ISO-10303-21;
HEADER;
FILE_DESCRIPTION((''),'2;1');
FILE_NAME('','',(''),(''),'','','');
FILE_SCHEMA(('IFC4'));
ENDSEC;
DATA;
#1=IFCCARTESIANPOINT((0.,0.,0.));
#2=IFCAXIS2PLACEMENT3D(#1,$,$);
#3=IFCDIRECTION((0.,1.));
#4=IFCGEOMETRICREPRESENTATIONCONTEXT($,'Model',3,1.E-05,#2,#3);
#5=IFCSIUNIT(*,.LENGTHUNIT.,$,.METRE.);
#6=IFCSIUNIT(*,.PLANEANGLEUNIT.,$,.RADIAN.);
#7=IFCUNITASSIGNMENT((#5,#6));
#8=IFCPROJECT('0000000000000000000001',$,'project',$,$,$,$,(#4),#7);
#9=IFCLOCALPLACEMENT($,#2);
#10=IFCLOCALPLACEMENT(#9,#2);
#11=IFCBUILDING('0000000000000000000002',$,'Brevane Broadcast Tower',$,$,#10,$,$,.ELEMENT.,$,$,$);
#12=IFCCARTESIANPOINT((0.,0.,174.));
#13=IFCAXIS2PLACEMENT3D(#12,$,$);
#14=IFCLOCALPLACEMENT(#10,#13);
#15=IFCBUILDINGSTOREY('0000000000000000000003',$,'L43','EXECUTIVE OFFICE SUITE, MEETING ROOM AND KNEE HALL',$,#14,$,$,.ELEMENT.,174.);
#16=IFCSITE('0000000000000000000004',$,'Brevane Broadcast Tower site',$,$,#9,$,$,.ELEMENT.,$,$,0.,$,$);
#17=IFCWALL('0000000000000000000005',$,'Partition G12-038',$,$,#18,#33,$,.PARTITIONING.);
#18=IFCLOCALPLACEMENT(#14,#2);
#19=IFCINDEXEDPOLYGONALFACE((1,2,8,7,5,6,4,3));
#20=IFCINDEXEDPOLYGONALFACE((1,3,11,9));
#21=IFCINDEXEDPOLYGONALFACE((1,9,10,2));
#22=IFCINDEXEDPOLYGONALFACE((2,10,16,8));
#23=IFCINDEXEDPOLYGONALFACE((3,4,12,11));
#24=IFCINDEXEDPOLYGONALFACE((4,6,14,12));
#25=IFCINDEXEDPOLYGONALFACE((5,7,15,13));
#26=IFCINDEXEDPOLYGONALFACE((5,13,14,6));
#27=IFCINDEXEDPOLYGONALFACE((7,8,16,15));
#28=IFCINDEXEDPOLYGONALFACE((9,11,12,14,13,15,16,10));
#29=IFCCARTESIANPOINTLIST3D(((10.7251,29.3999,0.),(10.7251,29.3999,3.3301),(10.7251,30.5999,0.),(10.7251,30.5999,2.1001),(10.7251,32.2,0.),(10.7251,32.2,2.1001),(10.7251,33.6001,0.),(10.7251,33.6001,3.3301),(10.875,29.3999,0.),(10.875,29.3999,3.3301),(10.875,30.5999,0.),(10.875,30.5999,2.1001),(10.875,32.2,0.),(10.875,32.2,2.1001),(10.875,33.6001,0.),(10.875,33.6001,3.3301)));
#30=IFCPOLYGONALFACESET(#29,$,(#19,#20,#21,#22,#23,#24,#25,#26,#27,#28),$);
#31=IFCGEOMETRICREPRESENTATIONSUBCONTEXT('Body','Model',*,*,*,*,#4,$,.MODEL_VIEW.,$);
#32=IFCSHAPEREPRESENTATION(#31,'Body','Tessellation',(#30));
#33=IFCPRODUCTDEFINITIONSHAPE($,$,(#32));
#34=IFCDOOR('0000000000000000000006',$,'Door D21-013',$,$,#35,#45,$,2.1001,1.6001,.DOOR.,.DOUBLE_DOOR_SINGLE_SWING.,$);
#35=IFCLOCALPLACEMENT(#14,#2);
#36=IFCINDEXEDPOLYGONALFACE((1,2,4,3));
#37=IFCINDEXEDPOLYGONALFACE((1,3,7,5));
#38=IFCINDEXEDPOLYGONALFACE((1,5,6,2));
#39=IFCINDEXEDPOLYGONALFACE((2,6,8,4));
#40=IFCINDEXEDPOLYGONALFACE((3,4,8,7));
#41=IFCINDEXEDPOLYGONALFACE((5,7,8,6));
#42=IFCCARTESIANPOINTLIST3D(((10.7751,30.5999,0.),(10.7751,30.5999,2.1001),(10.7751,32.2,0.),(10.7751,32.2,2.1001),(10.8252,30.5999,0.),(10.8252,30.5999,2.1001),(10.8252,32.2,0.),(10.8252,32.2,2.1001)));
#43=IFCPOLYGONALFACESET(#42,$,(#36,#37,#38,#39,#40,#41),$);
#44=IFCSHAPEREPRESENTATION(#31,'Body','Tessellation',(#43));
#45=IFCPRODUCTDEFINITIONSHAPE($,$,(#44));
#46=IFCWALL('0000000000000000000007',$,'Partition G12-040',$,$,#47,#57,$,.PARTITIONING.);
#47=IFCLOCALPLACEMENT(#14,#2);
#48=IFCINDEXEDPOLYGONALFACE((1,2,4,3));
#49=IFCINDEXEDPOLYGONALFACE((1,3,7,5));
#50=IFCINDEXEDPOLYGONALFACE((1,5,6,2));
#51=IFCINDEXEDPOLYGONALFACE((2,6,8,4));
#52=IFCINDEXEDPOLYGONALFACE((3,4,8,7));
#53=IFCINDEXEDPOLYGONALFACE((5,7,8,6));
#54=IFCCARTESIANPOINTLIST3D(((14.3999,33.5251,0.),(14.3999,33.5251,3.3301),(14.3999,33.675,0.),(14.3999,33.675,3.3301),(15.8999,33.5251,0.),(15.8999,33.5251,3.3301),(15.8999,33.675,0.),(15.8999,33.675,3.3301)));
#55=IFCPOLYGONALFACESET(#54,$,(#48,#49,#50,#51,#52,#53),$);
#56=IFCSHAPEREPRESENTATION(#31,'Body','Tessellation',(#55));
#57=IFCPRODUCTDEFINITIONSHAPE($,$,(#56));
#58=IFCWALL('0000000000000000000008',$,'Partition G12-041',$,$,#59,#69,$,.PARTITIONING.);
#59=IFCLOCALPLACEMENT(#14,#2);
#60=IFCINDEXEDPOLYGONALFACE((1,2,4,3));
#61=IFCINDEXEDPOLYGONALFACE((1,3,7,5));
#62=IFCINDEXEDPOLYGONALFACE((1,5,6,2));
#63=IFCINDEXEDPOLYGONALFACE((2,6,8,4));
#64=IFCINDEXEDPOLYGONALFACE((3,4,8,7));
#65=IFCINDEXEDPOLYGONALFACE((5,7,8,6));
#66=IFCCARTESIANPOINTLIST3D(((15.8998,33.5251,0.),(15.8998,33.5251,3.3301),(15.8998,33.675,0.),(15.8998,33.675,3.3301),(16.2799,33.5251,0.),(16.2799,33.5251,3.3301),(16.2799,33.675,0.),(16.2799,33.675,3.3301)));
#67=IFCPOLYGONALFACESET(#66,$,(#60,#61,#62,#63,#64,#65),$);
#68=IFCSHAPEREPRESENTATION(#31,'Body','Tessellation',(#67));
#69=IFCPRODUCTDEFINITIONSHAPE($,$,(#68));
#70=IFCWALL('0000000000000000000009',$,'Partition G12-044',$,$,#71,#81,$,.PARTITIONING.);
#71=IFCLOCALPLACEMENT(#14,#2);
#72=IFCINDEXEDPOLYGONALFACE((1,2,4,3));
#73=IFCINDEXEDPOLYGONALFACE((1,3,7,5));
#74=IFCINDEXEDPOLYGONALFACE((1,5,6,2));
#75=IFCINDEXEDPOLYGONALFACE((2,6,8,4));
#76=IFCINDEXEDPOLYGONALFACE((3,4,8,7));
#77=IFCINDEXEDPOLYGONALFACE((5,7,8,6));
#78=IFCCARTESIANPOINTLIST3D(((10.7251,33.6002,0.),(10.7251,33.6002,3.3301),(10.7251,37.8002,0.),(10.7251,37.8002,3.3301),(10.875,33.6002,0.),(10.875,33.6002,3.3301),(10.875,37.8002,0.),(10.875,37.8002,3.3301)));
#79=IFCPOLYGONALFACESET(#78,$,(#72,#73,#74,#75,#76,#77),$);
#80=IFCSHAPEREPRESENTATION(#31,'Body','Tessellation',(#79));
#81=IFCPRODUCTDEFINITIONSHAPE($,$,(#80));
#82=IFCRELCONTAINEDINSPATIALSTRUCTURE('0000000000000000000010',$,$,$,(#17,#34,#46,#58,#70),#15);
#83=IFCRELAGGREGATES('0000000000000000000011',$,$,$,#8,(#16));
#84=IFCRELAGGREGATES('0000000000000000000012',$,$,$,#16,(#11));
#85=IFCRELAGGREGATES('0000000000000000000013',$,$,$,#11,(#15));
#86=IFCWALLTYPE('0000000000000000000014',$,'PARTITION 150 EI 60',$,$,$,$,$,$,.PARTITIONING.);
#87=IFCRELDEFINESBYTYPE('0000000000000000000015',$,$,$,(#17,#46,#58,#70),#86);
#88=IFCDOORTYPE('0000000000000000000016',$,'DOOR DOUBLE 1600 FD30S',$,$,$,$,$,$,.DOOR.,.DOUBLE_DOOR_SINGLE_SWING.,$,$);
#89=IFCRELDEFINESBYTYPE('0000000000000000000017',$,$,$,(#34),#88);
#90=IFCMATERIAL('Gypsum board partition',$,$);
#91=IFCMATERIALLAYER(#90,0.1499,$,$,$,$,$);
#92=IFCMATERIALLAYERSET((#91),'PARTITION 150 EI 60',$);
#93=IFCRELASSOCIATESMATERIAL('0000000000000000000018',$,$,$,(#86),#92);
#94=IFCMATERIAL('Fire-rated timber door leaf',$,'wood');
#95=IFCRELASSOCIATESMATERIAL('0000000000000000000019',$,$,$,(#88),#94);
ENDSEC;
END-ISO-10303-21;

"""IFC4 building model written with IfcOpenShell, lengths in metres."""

from ifc_helpers import new_model, si_unit, direction, frame, frame_2d, origin, place, context, subcontext, project, spatial, rectangle, extrude, material, layer, layer_set, type_object, element, fill, save


model = new_model("IFC4")

# Units and contexts
model_context = context("Model", 3, precision=1e-05, world=origin(), true_north=direction((0.0, 1.0)))
body_context = subcontext(model_context, "Body", "Model", "MODEL_VIEW")
ifc_project = project(units=[si_unit("LENGTHUNIT", "METRE"), si_unit("PLANEANGLEUNIT", "RADIAN")], contexts=[model_context])

# Site, building, storey
site_placement = place(None, origin())
site = spatial("IfcSite", under=ifc_project, at=site_placement, Name="Brevane Broadcast Tower site", CompositionType="ELEMENT", RefElevation=0.0)
building_placement = place(site_placement, origin())
building = spatial("IfcBuilding", under=site, at=building_placement, Name="Brevane Broadcast Tower", CompositionType="ELEMENT")
storey_placement = place(building_placement, frame((0.0, 0.0, 174.0)))
storey = spatial("IfcBuildingStorey", under=building, at=storey_placement, Name="L43", Description="EXECUTIVE OFFICE SUITE, MEETING ROOM AND KNEE HALL", CompositionType="ELEMENT", Elevation=174.0)

# Shared definitions
ifc_material_1 = material(Name="Gypsum board partition")

# Wall, opening, door
ifc_layer_1 = layer(ifc_material_1, 0.1499)
ifc_layer_set_1 = layer_set([ifc_layer_1], Name="PARTITION 150 EI 60")
wall_type_1 = type_object("IfcWallType", Name="PARTITION 150 EI 60", PredefinedType="PARTITIONING", material=ifc_layer_set_1)
wall_1_placement = place(storey_placement, frame((10.8, 29.3999, 0.0), z_axis=(0.0, 0.0, 1.0), x_axis=(0.0, 1.0, 0.0)))
wall_1 = element("IfcWall", 1, at=wall_1_placement, inside=storey, type_object=wall_type_1, Name="Partition G12-038", PredefinedType="PARTITIONING", context=body_context, shape_type="SweptSolid", body=[
    extrude(rectangle(XDim=4.2002, YDim=0.1499, at=frame_2d((2.1001, 0.0))), origin(), (0.0, 0.0, 1.0), 3.3301),
])
opening_1_placement = place(wall_1_placement, frame((1.2, 0.0, 0.0)))
opening_1 = element("IfcOpeningElement", 2, at=opening_1_placement, cuts=wall_1, PredefinedType="OPENING", context=body_context, shape_type="SweptSolid", body=[
    extrude(rectangle(XDim=1.6001, YDim=2.1001, at=frame_2d((0.8, 1.05))), frame((0.0, 0.085, 0.0), z_axis=(0.0, -1.0, 0.0), x_axis=(1.0, 0.0, 0.0)), (0.0, 0.0, 1.0), 0.1699),
])
ifc_material_2 = material(Name="Fire-rated timber door leaf", Category="wood")
door_type_1 = type_object("IfcDoorType", Name="DOOR DOUBLE 1600 FD30S", OperationType="DOUBLE_DOOR_SINGLE_SWING", PredefinedType="DOOR", material=ifc_material_2)
door_1_placement = place(opening_1_placement, origin())
door_1 = element("IfcDoor", 3, at=door_1_placement, inside=storey, type_object=door_type_1, Name="Door D21-013", OperationType="DOUBLE_DOOR_SINGLE_SWING", OverallHeight=2.1001, OverallWidth=1.6001, PredefinedType="DOOR", context=body_context, shape_type="SweptSolid", body=[
    extrude(rectangle(XDim=1.6001, YDim=2.1001, at=frame_2d((0.8, 1.05))), frame((0.0, 0.0249, 0.0), z_axis=(0.0, -1.0, 0.0), x_axis=(1.0, 0.0, 0.0)), (0.0, 0.0, 1.0), 0.05),
])
fill(opening_1, door_1)

# Walls
wall_2_placement = place(storey_placement, frame((14.3999, 33.6001, 0.0), z_axis=(0.0, 0.0, 1.0), x_axis=(1.0, 0.0, 0.0)))
element("IfcWall", 4, at=wall_2_placement, inside=storey, type_object=wall_type_1, Name="Partition G12-040", PredefinedType="PARTITIONING", context=body_context, shape_type="SweptSolid", body=[
    extrude(rectangle(XDim=1.5, YDim=0.1499, at=frame_2d((0.75, 0.0))), origin(), (0.0, 0.0, 1.0), 3.3301),
])
wall_3_placement = place(storey_placement, frame((15.8999, 33.6001, 0.0), z_axis=(0.0, 0.0, 1.0), x_axis=(1.0, 0.0, 0.0)))
element("IfcWall", 5, at=wall_3_placement, inside=storey, type_object=wall_type_1, Name="Partition G12-041", PredefinedType="PARTITIONING", context=body_context, shape_type="SweptSolid", body=[
    extrude(rectangle(XDim=0.3801, YDim=0.1499, at=frame_2d((0.1899, 0.0))), origin(), (0.0, 0.0, 1.0), 3.3301),
])
wall_4_placement = place(storey_placement, frame((10.8, 33.6001, 0.0), z_axis=(0.0, 0.0, 1.0), x_axis=(0.0, 1.0, 0.0)))
element("IfcWall", 6, at=wall_4_placement, inside=storey, type_object=wall_type_1, Name="Partition G12-044", PredefinedType="PARTITIONING", context=body_context, shape_type="SweptSolid", body=[
    extrude(rectangle(XDim=4.2, YDim=0.1499, at=frame_2d((2.1001, 0.0))), origin(), (0.0, 0.0, 1.0), 3.3301),
])

save(model, "model.ifc")
